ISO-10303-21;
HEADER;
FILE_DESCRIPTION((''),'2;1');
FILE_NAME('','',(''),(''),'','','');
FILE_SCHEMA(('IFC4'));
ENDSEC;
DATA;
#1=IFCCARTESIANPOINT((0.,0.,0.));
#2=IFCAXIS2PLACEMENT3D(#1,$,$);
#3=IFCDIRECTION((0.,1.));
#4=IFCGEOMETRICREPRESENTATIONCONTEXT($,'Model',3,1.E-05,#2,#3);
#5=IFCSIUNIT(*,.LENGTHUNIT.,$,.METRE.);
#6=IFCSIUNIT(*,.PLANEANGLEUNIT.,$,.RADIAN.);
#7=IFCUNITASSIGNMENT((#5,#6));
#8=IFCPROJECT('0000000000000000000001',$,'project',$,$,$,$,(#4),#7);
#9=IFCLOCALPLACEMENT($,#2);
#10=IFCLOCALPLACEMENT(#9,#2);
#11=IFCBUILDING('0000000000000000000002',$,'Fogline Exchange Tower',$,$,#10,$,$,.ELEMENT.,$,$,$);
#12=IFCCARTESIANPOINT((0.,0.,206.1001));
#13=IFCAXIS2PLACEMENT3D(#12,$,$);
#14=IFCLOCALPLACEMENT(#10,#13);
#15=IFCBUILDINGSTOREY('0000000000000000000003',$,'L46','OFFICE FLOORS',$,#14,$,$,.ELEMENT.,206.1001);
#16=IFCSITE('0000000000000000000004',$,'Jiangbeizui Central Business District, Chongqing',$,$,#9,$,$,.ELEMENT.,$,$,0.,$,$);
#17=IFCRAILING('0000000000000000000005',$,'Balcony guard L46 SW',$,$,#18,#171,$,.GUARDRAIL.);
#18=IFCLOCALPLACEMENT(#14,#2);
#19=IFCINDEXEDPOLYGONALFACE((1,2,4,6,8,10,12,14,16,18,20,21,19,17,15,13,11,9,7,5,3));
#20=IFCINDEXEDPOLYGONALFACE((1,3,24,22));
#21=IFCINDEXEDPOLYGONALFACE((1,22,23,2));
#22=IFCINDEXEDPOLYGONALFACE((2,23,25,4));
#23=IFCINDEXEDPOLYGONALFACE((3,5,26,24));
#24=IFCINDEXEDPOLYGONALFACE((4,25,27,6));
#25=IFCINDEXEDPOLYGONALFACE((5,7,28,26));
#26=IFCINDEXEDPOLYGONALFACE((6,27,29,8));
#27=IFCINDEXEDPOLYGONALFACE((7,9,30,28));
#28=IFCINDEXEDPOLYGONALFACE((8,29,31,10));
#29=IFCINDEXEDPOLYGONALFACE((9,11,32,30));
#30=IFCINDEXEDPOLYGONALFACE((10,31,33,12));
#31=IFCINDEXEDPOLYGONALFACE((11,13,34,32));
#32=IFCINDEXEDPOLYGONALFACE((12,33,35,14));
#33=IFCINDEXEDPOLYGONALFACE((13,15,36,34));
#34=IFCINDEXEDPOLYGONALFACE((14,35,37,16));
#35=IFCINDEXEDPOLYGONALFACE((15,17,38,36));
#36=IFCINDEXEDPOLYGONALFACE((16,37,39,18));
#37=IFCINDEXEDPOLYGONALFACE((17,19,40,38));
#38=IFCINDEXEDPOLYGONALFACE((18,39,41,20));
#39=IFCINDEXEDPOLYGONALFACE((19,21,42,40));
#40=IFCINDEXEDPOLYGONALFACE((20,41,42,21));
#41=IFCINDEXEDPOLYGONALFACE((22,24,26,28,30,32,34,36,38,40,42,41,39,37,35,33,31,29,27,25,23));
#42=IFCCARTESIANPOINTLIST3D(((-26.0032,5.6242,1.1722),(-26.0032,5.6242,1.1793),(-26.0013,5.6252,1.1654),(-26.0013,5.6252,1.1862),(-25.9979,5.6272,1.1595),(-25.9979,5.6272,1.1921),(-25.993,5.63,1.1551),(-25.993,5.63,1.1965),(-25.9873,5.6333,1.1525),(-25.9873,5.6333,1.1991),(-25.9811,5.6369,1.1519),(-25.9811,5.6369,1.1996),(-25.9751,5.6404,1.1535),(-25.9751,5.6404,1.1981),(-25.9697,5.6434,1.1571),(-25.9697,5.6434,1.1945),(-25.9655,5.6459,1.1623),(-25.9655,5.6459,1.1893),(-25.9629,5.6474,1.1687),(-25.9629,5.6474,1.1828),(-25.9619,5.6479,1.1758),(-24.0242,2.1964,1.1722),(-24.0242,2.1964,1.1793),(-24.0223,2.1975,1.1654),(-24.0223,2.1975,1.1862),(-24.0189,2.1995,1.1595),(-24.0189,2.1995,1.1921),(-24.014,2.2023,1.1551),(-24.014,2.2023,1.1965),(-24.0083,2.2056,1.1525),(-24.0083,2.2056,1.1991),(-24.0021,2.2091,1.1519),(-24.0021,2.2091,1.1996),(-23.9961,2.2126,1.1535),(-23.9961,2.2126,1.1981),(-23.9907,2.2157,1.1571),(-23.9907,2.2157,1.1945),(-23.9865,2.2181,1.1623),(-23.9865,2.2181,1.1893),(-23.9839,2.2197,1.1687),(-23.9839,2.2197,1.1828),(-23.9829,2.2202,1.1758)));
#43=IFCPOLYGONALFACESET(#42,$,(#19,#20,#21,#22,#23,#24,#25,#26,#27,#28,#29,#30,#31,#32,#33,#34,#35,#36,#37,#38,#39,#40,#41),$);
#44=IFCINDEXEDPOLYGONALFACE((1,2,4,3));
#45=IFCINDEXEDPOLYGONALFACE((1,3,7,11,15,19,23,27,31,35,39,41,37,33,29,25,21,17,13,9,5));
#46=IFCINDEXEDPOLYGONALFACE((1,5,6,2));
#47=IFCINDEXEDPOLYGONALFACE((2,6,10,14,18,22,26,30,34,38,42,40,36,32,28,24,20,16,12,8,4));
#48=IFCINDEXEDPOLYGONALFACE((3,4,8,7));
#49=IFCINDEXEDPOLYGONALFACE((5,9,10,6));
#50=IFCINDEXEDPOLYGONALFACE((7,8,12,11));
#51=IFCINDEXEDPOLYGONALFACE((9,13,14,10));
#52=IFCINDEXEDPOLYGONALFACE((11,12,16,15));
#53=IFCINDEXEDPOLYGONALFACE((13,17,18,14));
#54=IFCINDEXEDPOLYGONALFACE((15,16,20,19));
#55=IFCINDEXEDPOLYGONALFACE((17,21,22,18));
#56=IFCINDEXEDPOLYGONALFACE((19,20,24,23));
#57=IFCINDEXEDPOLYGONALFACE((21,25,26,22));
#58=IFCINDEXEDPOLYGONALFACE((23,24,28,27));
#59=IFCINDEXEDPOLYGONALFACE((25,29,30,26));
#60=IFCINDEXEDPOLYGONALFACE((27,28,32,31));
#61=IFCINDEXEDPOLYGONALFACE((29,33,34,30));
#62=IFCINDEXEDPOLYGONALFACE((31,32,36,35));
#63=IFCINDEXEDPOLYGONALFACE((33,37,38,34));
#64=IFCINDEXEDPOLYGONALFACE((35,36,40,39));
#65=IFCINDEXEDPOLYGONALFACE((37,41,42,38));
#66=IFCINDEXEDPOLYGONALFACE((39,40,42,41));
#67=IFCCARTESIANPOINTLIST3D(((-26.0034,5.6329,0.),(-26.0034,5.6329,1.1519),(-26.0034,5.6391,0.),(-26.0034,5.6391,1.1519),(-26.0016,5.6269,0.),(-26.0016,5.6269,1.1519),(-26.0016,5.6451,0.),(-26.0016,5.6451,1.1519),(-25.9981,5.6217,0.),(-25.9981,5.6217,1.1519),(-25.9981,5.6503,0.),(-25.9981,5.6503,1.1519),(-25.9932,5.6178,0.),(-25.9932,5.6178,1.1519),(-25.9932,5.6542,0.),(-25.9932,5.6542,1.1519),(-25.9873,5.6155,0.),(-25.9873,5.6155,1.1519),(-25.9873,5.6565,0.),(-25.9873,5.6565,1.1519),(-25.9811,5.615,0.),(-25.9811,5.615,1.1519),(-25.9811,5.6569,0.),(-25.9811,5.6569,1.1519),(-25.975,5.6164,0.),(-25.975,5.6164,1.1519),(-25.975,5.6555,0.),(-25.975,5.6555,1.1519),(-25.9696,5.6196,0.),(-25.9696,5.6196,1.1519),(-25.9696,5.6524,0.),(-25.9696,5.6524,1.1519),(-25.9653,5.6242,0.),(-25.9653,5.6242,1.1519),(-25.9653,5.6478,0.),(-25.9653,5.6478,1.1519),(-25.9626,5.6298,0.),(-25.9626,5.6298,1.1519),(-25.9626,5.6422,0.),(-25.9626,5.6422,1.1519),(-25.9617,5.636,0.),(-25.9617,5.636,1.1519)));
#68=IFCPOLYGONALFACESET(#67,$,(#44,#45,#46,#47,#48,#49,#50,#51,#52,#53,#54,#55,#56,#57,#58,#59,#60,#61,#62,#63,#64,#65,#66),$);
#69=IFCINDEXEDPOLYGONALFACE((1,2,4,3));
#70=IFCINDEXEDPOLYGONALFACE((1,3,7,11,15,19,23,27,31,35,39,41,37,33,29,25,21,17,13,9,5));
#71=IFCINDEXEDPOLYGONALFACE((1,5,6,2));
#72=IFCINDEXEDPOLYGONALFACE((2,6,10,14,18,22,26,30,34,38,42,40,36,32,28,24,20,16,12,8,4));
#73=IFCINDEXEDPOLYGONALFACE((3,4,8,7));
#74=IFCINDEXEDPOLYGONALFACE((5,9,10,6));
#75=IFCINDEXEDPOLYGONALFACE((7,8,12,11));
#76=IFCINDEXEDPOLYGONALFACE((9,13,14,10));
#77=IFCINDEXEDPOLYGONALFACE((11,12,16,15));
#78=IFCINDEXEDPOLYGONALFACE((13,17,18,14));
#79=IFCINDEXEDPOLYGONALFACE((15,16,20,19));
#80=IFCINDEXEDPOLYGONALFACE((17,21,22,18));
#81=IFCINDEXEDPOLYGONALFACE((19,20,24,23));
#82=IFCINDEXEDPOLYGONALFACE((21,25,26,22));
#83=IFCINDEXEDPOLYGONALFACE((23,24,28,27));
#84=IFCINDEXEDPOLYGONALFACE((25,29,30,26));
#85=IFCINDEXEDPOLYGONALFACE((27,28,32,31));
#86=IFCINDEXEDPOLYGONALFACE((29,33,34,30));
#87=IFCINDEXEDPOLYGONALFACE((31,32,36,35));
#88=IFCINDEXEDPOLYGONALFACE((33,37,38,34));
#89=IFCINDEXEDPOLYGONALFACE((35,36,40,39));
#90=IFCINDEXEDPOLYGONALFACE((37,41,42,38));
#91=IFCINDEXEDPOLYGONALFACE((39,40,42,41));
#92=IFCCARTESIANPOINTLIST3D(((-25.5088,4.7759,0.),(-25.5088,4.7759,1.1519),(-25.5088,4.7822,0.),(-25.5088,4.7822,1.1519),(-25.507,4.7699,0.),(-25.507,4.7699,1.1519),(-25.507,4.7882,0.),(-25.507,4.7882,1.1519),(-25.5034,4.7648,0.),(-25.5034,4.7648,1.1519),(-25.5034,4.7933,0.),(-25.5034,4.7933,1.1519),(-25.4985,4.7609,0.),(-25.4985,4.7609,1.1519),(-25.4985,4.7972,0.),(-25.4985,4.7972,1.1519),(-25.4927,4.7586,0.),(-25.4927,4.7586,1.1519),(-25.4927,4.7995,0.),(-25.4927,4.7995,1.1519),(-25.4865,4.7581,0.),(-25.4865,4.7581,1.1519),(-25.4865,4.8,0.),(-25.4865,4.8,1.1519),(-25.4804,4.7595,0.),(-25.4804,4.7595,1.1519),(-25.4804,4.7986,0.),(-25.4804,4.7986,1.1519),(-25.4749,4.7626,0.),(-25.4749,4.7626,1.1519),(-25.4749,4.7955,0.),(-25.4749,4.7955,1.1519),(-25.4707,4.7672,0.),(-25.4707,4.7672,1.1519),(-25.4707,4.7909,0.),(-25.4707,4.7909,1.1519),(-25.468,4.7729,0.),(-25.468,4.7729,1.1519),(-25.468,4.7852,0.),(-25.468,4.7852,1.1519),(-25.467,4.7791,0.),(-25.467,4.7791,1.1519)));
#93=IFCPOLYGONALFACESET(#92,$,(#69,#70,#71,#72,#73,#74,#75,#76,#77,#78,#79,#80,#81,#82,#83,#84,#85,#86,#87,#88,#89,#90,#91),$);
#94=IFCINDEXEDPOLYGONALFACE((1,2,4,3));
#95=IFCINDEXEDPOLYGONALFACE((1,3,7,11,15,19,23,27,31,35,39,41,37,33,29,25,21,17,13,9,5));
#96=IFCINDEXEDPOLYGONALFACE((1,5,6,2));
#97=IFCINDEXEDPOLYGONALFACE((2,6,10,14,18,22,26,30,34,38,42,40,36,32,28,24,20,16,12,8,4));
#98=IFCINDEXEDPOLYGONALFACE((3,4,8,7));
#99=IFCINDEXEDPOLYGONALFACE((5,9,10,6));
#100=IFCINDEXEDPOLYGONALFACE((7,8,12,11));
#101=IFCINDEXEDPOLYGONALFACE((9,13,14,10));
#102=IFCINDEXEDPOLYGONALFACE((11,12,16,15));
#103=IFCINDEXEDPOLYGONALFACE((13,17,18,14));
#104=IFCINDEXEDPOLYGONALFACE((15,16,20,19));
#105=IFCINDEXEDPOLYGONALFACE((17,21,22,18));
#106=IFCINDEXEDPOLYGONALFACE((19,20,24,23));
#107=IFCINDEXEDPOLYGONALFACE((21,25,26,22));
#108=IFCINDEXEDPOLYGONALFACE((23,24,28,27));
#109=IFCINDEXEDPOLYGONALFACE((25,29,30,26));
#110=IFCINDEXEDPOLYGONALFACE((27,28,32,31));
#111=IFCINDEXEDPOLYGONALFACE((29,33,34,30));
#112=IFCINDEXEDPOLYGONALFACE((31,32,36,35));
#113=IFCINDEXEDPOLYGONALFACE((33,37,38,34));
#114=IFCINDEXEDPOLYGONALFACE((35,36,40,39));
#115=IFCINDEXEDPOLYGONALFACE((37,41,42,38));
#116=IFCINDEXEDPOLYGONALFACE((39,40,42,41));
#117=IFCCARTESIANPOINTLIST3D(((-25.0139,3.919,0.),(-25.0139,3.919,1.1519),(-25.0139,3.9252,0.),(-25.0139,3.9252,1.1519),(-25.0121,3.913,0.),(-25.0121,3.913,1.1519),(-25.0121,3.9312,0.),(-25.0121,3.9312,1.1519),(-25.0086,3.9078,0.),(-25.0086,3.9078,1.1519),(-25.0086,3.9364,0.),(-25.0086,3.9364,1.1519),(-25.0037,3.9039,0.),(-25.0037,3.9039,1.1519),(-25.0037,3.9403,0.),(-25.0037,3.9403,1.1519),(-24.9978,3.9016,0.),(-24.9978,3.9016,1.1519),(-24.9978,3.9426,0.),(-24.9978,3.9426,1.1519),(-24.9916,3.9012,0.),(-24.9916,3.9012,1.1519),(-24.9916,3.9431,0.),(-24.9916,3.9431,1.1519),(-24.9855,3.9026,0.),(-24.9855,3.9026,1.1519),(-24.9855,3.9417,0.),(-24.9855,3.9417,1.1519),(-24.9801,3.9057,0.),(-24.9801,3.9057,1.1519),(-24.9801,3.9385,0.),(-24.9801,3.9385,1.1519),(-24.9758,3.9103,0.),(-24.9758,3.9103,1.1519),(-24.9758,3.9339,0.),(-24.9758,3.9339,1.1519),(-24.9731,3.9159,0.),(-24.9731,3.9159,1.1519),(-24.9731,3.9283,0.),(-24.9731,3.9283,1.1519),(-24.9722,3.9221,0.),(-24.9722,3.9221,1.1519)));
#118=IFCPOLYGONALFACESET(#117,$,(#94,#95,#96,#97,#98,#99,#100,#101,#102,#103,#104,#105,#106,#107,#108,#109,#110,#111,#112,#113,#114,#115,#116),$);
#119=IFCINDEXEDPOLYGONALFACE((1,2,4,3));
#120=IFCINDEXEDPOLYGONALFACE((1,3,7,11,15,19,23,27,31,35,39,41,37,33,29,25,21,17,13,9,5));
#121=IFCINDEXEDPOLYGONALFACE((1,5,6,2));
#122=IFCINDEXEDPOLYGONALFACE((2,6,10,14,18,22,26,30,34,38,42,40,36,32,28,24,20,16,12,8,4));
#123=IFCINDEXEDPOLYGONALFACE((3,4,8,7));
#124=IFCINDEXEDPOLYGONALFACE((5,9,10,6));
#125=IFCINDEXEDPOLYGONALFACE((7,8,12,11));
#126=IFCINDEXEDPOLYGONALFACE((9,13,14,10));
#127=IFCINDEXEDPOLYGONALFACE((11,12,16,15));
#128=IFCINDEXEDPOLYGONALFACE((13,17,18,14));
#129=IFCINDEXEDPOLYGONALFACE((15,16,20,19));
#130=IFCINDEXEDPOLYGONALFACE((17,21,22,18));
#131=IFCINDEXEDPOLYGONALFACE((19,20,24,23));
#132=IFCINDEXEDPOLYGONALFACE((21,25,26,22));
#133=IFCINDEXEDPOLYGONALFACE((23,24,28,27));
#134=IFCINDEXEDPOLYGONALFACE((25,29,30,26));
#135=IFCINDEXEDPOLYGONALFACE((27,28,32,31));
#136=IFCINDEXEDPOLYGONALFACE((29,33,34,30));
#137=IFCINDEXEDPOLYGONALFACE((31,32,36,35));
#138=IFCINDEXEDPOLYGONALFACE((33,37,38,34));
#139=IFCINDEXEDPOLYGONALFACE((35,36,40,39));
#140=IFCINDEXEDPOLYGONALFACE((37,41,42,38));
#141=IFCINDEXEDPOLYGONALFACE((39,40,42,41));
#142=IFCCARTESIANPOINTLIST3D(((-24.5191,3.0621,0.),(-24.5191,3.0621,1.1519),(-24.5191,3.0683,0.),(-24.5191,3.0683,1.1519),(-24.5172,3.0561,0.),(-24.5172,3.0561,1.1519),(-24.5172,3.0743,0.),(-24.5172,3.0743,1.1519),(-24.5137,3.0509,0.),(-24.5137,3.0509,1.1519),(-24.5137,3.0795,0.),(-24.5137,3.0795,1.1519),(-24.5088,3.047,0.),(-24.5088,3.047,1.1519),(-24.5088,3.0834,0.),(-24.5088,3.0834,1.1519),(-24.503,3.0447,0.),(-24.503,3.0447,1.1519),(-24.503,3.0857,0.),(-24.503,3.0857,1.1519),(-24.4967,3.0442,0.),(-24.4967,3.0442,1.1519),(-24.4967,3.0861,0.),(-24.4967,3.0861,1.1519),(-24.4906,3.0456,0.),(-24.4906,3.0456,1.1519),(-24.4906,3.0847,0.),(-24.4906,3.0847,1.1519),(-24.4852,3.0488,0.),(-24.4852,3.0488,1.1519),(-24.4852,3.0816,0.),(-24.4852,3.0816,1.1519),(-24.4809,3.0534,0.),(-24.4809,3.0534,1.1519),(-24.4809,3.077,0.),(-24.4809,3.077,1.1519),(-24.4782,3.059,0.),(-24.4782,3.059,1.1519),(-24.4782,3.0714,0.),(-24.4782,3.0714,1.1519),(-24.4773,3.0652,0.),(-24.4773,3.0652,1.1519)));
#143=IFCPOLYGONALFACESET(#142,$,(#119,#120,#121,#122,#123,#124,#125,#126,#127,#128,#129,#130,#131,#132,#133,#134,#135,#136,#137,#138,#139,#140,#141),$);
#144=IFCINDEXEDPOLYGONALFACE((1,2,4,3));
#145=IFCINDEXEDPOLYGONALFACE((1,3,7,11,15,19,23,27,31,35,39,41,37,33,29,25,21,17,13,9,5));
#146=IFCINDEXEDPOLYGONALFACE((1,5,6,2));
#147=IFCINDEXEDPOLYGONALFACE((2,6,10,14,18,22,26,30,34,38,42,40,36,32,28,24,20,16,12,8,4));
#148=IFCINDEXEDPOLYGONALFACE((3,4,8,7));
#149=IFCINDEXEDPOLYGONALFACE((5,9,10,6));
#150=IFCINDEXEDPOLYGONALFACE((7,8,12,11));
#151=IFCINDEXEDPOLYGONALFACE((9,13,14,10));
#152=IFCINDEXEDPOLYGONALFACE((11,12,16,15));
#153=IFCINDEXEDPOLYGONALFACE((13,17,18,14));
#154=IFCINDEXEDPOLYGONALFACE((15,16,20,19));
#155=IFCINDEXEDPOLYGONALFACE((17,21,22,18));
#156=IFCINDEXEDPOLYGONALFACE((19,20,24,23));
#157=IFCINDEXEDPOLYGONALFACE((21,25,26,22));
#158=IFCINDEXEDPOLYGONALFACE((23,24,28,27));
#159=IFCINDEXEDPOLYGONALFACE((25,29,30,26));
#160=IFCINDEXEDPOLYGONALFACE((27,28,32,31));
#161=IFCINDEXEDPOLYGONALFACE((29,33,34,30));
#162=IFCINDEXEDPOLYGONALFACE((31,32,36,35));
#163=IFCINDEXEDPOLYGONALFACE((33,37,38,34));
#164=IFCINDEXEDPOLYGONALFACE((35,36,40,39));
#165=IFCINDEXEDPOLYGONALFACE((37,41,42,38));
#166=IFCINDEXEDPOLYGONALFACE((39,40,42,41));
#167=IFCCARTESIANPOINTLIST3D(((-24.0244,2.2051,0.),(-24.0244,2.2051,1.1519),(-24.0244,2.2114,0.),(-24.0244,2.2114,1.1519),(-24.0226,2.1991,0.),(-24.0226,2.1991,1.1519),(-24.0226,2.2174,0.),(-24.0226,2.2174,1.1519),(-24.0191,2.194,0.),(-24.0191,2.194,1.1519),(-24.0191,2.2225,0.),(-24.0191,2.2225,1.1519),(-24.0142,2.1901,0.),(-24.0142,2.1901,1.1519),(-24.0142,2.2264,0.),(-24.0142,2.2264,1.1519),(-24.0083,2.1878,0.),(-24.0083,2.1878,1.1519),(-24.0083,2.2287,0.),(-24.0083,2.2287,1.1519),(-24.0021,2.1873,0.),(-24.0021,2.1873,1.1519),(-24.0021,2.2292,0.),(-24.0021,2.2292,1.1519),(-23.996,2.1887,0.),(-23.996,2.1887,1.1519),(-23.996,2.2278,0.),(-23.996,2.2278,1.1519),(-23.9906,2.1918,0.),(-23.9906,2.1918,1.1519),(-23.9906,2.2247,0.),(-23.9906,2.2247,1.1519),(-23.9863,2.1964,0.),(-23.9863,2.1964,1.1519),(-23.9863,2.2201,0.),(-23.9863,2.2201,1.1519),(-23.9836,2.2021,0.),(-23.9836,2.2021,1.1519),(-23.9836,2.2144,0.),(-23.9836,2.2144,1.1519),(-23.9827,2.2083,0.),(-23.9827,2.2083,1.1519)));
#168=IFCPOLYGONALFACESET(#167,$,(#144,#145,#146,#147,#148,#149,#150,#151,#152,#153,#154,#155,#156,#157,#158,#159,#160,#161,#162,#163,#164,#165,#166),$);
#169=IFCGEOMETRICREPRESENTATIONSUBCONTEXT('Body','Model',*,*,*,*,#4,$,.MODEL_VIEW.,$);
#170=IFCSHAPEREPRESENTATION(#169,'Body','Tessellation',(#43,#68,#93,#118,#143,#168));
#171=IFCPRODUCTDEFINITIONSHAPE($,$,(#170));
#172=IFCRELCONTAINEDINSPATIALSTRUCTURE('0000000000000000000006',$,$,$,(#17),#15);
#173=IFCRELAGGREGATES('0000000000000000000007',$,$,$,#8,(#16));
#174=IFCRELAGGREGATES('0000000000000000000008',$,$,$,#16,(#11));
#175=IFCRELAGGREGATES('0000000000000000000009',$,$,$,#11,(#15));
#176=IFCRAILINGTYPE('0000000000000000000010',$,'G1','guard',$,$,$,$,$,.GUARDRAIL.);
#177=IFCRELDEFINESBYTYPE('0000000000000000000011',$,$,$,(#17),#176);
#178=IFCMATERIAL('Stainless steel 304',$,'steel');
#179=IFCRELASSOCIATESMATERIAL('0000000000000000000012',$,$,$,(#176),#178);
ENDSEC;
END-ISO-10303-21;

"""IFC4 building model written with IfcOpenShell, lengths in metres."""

from ifc_helpers import new_model, si_unit, direction, frame, origin, origin_2d, place, context, subcontext, project, spatial, circle, extrude, material, type_object, element, save


model = new_model("IFC4")

# Units and contexts
model_context = context("Model", 3, precision=1e-05, world=origin(), true_north=direction((0.0, 1.0)))
body_context = subcontext(model_context, "Body", "Model", "MODEL_VIEW")
ifc_project = project(units=[si_unit("LENGTHUNIT", "METRE"), si_unit("PLANEANGLEUNIT", "RADIAN")], contexts=[model_context])

# Site, building, storey
site_placement = place(None, origin())
site = spatial("IfcSite", under=ifc_project, at=site_placement, Name="Jiangbeizui Central Business District, Chongqing", CompositionType="ELEMENT", RefElevation=0.0)
building_placement = place(site_placement, origin())
building = spatial("IfcBuilding", under=site, at=building_placement, Name="Fogline Exchange Tower", CompositionType="ELEMENT")
storey_placement = place(building_placement, frame((0.0, 0.0, 206.1001)))
storey = spatial("IfcBuildingStorey", under=building, at=storey_placement, Name="L46", Description="OFFICE FLOORS", CompositionType="ELEMENT", Elevation=206.1001)

# Railing
ifc_material_1 = material(Name="Stainless steel 304", Category="steel")
railing_type = type_object("IfcRailingType", Name="G1", Description="guard", PredefinedType="GUARDRAIL", material=ifc_material_1)
railing_placement = place(storey_placement, frame((-25.9827, 5.636, 0.0)))
element("IfcRailing", 1, at=railing_placement, inside=storey, type_object=railing_type, Name="Balcony guard L46 SW", PredefinedType="GUARDRAIL", context=body_context, shape_type="SweptSolid", body=[
    extrude(circle(Radius=0.0239, at=origin_2d()), frame((0.0, 0.0, 1.1758), z_axis=(0.5, -0.866025, 0.0), x_axis=(0.866025, 0.5, 0.0)), (0.0, 0.0, 1.0), 3.958),
    extrude(circle(Radius=0.021, at=origin_2d()), origin(), (0.0, 0.0, 1.0), 1.1519),
    extrude(circle(Radius=0.021, at=origin_2d()), frame((0.4946, -0.8569, 0.0)), (0.0, 0.0, 1.0), 1.1519),
    extrude(circle(Radius=0.021, at=origin_2d()), frame((0.9895, -1.7139, 0.0)), (0.0, 0.0, 1.0), 1.1519),
    extrude(circle(Radius=0.021, at=origin_2d()), frame((1.4844, -2.5708, 0.0)), (0.0, 0.0, 1.0), 1.1519),
    extrude(circle(Radius=0.021, at=origin_2d()), frame((1.979, -3.4277, 0.0)), (0.0, 0.0, 1.0), 1.1519),
])

save(model, "model.ifc")
